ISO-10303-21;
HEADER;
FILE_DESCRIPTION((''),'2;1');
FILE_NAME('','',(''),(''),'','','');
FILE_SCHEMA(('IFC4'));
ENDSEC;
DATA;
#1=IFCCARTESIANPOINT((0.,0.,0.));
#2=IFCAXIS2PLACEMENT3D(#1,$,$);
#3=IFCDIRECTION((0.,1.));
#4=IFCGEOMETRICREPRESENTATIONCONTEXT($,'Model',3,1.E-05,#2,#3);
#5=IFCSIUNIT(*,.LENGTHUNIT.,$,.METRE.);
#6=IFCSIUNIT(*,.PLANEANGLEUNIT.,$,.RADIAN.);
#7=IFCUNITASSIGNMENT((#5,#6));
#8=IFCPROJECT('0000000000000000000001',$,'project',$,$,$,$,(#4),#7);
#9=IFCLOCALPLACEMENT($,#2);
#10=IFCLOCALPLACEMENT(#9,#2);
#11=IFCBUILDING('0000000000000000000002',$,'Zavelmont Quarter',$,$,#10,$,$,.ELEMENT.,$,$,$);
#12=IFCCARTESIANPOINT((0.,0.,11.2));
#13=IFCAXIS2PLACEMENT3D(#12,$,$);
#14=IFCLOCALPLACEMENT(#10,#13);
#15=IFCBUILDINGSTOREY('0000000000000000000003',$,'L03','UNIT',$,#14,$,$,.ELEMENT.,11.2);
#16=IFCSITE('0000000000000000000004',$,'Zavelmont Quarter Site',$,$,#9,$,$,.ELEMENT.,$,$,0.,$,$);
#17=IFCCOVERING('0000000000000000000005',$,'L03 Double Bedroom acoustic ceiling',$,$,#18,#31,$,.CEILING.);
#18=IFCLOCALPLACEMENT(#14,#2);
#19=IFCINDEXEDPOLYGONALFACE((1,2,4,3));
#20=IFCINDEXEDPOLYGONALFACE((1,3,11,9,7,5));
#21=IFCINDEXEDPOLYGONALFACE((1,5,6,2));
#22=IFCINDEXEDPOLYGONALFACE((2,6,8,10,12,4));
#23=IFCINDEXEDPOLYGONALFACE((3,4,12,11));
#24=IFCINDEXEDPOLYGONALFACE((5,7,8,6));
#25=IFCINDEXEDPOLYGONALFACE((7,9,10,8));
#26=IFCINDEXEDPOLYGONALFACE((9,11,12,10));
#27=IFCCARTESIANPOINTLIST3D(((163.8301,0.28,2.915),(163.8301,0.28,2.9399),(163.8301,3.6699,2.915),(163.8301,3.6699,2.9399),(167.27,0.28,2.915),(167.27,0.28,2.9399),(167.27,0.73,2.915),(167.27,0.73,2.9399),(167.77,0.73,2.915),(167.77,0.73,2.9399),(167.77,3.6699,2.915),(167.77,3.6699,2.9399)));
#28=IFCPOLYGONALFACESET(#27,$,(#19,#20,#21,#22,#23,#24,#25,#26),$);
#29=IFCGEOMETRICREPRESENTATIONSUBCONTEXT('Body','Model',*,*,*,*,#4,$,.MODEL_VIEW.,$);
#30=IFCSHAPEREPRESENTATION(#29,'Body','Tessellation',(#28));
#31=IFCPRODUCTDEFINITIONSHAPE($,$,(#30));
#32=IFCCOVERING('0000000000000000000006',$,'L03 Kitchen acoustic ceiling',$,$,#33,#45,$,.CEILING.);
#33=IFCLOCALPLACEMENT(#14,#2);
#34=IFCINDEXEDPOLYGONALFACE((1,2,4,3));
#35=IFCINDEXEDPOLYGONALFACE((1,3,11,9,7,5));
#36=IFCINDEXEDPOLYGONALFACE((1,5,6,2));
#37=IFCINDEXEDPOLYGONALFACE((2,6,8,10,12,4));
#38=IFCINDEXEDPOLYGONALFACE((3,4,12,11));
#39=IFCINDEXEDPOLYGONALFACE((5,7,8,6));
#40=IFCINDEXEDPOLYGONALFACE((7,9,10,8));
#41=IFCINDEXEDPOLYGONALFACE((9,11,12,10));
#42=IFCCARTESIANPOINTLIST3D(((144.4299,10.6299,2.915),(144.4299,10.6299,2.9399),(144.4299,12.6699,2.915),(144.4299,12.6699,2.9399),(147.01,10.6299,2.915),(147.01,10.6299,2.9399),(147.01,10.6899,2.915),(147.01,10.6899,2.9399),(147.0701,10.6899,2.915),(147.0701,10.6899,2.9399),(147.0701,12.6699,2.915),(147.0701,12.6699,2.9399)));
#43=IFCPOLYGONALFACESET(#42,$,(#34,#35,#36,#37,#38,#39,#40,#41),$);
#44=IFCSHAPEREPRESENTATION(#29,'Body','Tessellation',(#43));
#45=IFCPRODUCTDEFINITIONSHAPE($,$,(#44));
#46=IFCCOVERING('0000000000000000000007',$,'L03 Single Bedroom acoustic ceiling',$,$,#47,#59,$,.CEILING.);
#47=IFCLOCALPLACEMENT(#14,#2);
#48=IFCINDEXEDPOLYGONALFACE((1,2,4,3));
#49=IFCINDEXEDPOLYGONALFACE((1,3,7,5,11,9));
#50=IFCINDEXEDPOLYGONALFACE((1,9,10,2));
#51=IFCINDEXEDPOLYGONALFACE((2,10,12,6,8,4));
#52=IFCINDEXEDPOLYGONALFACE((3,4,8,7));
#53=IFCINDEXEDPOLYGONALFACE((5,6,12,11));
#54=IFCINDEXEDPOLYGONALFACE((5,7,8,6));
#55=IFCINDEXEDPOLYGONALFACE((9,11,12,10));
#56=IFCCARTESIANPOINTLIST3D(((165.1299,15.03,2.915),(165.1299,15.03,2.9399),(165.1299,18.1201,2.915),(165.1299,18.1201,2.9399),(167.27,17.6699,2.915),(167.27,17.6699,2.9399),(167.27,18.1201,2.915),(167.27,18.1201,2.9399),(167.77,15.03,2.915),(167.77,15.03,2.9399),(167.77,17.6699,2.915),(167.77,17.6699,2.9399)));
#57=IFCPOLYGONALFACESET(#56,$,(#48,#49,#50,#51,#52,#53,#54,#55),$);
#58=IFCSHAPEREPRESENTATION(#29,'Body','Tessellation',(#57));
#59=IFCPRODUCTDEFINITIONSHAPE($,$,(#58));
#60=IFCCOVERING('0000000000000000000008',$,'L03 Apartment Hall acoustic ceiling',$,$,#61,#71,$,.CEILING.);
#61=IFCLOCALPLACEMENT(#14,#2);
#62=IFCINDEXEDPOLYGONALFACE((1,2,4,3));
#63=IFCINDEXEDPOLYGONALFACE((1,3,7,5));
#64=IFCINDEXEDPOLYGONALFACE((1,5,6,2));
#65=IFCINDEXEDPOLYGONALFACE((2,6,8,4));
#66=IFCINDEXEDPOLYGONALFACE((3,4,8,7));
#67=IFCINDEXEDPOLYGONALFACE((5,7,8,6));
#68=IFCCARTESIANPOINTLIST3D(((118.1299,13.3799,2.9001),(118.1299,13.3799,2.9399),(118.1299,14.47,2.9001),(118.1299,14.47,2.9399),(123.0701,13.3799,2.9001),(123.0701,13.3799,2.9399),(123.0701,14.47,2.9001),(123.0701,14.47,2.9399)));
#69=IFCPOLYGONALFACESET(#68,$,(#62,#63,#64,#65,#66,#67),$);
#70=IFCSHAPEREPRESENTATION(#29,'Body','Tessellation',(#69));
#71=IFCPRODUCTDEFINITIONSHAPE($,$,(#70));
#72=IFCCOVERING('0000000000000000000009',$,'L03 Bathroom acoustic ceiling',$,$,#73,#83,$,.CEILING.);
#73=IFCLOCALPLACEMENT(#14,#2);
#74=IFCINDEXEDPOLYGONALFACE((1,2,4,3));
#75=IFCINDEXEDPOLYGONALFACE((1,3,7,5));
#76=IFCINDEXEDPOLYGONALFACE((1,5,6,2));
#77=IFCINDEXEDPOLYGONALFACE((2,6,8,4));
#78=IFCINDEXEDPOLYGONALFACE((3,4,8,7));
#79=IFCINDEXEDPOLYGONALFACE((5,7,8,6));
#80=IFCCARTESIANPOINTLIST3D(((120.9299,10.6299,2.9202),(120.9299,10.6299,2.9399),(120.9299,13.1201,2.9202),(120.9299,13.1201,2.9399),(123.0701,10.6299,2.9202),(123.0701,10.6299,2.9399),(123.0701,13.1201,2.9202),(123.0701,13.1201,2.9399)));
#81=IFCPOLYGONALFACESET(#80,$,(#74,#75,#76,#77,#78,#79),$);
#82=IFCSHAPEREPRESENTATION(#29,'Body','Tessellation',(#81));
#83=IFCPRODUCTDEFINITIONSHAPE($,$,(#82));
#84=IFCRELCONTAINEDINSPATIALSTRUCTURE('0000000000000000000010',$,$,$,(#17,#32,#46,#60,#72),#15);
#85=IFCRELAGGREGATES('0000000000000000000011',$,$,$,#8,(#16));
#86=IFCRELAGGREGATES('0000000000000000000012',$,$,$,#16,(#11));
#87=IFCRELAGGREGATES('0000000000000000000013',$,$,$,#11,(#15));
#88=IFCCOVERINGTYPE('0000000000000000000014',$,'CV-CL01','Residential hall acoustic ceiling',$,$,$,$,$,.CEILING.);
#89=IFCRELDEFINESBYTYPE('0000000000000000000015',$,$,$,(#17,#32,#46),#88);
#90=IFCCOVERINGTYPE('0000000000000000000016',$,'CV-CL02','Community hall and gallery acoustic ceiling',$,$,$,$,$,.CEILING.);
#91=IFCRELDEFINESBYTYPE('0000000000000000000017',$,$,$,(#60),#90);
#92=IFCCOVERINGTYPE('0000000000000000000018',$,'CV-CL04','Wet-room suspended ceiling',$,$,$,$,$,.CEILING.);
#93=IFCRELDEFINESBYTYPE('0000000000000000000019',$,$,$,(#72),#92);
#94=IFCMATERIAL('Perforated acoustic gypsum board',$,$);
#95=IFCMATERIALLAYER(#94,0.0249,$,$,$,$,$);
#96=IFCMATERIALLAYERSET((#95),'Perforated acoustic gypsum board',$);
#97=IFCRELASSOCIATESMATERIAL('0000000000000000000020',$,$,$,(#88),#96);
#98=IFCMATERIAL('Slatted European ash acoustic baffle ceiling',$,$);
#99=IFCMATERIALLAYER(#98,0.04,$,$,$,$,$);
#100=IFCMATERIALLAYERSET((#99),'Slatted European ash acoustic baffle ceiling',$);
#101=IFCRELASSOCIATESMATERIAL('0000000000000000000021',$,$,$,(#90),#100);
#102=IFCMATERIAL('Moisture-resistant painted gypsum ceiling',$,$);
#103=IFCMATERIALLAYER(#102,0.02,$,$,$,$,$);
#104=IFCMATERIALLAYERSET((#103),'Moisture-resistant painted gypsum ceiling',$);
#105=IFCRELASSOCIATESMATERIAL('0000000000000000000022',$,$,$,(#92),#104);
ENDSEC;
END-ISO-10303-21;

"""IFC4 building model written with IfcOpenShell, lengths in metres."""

from ifc_helpers import new_model, si_unit, direction, frame, origin, place, context, subcontext, project, spatial, polyline, outline, extrude, material, layer, layer_set, type_object, element, save


model = new_model("IFC4")

# Units and contexts
model_context = context("Model", 3, precision=1e-05, world=origin(), true_north=direction((0.0, 1.0)))
body_context = subcontext(model_context, "Body", "Model", "MODEL_VIEW")
ifc_project = project(units=[si_unit("LENGTHUNIT", "METRE"), si_unit("PLANEANGLEUNIT", "RADIAN")], contexts=[model_context])

# Site, building, storey
site_placement = place(None, origin())
site = spatial("IfcSite", under=ifc_project, at=site_placement, Name="Zavelmont Quarter Site", CompositionType="ELEMENT", RefElevation=0.0)
building_placement = place(site_placement, origin())
building = spatial("IfcBuilding", under=site, at=building_placement, Name="Zavelmont Quarter", CompositionType="ELEMENT")
storey_placement = place(building_placement, frame((0.0, 0.0, 11.2)))
storey = spatial("IfcBuildingStorey", under=building, at=storey_placement, Name="L03", Description="UNIT", CompositionType="ELEMENT", Elevation=11.2)

# Coverings
ifc_material_1 = material(Name="Perforated acoustic gypsum board")
ifc_layer_1 = layer(ifc_material_1, 0.0249)
ifc_layer_set_1 = layer_set([ifc_layer_1], Name="Perforated acoustic gypsum board")
covering_type_1 = type_object("IfcCoveringType", Name="CV-CL01", Description="Residential hall acoustic ceiling", PredefinedType="CEILING", material=ifc_layer_set_1)
covering_1_placement = place(storey_placement, frame((0.0, 0.0, 2.915)))
element("IfcCovering", 1, at=covering_1_placement, inside=storey, type_object=covering_type_1, Name="L03 Double Bedroom acoustic ceiling", PredefinedType="CEILING", context=body_context, shape_type="SweptSolid", body=[
    extrude(outline(polyline([(163.8301, 3.6699), (167.77, 3.6699), (167.77, 0.73), (167.27, 0.73), (167.27, 0.28), (163.8301, 0.28), (163.8301, 3.6699)])), origin(), (0.0, 0.0, 1.0), 0.0249),
])
covering_2_placement = place(storey_placement, frame((0.0, 0.0, 2.915)))
element("IfcCovering", 2, at=covering_2_placement, inside=storey, type_object=covering_type_1, Name="L03 Kitchen acoustic ceiling", PredefinedType="CEILING", context=body_context, shape_type="SweptSolid", body=[
    extrude(outline(polyline([(144.4299, 12.6699), (147.0701, 12.6699), (147.0701, 10.6899), (147.01, 10.6899), (147.01, 10.6299), (144.4299, 10.6299), (144.4299, 12.6699)])), origin(), (0.0, 0.0, 1.0), 0.0249),
])
covering_3_placement = place(storey_placement, frame((0.0, 0.0, 2.915)))
element("IfcCovering", 3, at=covering_3_placement, inside=storey, type_object=covering_type_1, Name="L03 Single Bedroom acoustic ceiling", PredefinedType="CEILING", context=body_context, shape_type="SweptSolid", body=[
    extrude(outline(polyline([(165.1299, 18.1201), (167.27, 18.1201), (167.27, 17.6699), (167.77, 17.6699), (167.77, 15.03), (165.1299, 15.03), (165.1299, 18.1201)])), origin(), (0.0, 0.0, 1.0), 0.0249),
])
ifc_material_2 = material(Name="Slatted European ash acoustic baffle ceiling")
ifc_layer_2 = layer(ifc_material_2, 0.04)
ifc_layer_set_2 = layer_set([ifc_layer_2], Name="Slatted European ash acoustic baffle ceiling")
covering_type_2 = type_object("IfcCoveringType", Name="CV-CL02", Description="Community hall and gallery acoustic ceiling", PredefinedType="CEILING", material=ifc_layer_set_2)
covering_4_placement = place(storey_placement, frame((0.0, 0.0, 2.9001)))
element("IfcCovering", 4, at=covering_4_placement, inside=storey, type_object=covering_type_2, Name="L03 Apartment Hall acoustic ceiling", PredefinedType="CEILING", context=body_context, shape_type="SweptSolid", body=[
    extrude(outline(polyline([(118.1299, 14.47), (123.0701, 14.47), (123.0701, 13.3799), (118.1299, 13.3799), (118.1299, 14.47)])), origin(), (0.0, 0.0, 1.0), 0.0398),
])
ifc_material_3 = material(Name="Moisture-resistant painted gypsum ceiling")
ifc_layer_3 = layer(ifc_material_3, 0.02)
ifc_layer_set_3 = layer_set([ifc_layer_3], Name="Moisture-resistant painted gypsum ceiling")
covering_type_3 = type_object("IfcCoveringType", Name="CV-CL04", Description="Wet-room suspended ceiling", PredefinedType="CEILING", material=ifc_layer_set_3)
covering_5_placement = place(storey_placement, frame((0.0, 0.0, 2.9202)))
element("IfcCovering", 5, at=covering_5_placement, inside=storey, type_object=covering_type_3, Name="L03 Bathroom acoustic ceiling", PredefinedType="CEILING", context=body_context, shape_type="SweptSolid", body=[
    extrude(outline(polyline([(120.9299, 13.1201), (123.0701, 13.1201), (123.0701, 10.6299), (120.9299, 10.6299), (120.9299, 13.1201)])), origin(), (0.0, 0.0, 1.0), 0.0198),
])

save(model, "model.ifc")
